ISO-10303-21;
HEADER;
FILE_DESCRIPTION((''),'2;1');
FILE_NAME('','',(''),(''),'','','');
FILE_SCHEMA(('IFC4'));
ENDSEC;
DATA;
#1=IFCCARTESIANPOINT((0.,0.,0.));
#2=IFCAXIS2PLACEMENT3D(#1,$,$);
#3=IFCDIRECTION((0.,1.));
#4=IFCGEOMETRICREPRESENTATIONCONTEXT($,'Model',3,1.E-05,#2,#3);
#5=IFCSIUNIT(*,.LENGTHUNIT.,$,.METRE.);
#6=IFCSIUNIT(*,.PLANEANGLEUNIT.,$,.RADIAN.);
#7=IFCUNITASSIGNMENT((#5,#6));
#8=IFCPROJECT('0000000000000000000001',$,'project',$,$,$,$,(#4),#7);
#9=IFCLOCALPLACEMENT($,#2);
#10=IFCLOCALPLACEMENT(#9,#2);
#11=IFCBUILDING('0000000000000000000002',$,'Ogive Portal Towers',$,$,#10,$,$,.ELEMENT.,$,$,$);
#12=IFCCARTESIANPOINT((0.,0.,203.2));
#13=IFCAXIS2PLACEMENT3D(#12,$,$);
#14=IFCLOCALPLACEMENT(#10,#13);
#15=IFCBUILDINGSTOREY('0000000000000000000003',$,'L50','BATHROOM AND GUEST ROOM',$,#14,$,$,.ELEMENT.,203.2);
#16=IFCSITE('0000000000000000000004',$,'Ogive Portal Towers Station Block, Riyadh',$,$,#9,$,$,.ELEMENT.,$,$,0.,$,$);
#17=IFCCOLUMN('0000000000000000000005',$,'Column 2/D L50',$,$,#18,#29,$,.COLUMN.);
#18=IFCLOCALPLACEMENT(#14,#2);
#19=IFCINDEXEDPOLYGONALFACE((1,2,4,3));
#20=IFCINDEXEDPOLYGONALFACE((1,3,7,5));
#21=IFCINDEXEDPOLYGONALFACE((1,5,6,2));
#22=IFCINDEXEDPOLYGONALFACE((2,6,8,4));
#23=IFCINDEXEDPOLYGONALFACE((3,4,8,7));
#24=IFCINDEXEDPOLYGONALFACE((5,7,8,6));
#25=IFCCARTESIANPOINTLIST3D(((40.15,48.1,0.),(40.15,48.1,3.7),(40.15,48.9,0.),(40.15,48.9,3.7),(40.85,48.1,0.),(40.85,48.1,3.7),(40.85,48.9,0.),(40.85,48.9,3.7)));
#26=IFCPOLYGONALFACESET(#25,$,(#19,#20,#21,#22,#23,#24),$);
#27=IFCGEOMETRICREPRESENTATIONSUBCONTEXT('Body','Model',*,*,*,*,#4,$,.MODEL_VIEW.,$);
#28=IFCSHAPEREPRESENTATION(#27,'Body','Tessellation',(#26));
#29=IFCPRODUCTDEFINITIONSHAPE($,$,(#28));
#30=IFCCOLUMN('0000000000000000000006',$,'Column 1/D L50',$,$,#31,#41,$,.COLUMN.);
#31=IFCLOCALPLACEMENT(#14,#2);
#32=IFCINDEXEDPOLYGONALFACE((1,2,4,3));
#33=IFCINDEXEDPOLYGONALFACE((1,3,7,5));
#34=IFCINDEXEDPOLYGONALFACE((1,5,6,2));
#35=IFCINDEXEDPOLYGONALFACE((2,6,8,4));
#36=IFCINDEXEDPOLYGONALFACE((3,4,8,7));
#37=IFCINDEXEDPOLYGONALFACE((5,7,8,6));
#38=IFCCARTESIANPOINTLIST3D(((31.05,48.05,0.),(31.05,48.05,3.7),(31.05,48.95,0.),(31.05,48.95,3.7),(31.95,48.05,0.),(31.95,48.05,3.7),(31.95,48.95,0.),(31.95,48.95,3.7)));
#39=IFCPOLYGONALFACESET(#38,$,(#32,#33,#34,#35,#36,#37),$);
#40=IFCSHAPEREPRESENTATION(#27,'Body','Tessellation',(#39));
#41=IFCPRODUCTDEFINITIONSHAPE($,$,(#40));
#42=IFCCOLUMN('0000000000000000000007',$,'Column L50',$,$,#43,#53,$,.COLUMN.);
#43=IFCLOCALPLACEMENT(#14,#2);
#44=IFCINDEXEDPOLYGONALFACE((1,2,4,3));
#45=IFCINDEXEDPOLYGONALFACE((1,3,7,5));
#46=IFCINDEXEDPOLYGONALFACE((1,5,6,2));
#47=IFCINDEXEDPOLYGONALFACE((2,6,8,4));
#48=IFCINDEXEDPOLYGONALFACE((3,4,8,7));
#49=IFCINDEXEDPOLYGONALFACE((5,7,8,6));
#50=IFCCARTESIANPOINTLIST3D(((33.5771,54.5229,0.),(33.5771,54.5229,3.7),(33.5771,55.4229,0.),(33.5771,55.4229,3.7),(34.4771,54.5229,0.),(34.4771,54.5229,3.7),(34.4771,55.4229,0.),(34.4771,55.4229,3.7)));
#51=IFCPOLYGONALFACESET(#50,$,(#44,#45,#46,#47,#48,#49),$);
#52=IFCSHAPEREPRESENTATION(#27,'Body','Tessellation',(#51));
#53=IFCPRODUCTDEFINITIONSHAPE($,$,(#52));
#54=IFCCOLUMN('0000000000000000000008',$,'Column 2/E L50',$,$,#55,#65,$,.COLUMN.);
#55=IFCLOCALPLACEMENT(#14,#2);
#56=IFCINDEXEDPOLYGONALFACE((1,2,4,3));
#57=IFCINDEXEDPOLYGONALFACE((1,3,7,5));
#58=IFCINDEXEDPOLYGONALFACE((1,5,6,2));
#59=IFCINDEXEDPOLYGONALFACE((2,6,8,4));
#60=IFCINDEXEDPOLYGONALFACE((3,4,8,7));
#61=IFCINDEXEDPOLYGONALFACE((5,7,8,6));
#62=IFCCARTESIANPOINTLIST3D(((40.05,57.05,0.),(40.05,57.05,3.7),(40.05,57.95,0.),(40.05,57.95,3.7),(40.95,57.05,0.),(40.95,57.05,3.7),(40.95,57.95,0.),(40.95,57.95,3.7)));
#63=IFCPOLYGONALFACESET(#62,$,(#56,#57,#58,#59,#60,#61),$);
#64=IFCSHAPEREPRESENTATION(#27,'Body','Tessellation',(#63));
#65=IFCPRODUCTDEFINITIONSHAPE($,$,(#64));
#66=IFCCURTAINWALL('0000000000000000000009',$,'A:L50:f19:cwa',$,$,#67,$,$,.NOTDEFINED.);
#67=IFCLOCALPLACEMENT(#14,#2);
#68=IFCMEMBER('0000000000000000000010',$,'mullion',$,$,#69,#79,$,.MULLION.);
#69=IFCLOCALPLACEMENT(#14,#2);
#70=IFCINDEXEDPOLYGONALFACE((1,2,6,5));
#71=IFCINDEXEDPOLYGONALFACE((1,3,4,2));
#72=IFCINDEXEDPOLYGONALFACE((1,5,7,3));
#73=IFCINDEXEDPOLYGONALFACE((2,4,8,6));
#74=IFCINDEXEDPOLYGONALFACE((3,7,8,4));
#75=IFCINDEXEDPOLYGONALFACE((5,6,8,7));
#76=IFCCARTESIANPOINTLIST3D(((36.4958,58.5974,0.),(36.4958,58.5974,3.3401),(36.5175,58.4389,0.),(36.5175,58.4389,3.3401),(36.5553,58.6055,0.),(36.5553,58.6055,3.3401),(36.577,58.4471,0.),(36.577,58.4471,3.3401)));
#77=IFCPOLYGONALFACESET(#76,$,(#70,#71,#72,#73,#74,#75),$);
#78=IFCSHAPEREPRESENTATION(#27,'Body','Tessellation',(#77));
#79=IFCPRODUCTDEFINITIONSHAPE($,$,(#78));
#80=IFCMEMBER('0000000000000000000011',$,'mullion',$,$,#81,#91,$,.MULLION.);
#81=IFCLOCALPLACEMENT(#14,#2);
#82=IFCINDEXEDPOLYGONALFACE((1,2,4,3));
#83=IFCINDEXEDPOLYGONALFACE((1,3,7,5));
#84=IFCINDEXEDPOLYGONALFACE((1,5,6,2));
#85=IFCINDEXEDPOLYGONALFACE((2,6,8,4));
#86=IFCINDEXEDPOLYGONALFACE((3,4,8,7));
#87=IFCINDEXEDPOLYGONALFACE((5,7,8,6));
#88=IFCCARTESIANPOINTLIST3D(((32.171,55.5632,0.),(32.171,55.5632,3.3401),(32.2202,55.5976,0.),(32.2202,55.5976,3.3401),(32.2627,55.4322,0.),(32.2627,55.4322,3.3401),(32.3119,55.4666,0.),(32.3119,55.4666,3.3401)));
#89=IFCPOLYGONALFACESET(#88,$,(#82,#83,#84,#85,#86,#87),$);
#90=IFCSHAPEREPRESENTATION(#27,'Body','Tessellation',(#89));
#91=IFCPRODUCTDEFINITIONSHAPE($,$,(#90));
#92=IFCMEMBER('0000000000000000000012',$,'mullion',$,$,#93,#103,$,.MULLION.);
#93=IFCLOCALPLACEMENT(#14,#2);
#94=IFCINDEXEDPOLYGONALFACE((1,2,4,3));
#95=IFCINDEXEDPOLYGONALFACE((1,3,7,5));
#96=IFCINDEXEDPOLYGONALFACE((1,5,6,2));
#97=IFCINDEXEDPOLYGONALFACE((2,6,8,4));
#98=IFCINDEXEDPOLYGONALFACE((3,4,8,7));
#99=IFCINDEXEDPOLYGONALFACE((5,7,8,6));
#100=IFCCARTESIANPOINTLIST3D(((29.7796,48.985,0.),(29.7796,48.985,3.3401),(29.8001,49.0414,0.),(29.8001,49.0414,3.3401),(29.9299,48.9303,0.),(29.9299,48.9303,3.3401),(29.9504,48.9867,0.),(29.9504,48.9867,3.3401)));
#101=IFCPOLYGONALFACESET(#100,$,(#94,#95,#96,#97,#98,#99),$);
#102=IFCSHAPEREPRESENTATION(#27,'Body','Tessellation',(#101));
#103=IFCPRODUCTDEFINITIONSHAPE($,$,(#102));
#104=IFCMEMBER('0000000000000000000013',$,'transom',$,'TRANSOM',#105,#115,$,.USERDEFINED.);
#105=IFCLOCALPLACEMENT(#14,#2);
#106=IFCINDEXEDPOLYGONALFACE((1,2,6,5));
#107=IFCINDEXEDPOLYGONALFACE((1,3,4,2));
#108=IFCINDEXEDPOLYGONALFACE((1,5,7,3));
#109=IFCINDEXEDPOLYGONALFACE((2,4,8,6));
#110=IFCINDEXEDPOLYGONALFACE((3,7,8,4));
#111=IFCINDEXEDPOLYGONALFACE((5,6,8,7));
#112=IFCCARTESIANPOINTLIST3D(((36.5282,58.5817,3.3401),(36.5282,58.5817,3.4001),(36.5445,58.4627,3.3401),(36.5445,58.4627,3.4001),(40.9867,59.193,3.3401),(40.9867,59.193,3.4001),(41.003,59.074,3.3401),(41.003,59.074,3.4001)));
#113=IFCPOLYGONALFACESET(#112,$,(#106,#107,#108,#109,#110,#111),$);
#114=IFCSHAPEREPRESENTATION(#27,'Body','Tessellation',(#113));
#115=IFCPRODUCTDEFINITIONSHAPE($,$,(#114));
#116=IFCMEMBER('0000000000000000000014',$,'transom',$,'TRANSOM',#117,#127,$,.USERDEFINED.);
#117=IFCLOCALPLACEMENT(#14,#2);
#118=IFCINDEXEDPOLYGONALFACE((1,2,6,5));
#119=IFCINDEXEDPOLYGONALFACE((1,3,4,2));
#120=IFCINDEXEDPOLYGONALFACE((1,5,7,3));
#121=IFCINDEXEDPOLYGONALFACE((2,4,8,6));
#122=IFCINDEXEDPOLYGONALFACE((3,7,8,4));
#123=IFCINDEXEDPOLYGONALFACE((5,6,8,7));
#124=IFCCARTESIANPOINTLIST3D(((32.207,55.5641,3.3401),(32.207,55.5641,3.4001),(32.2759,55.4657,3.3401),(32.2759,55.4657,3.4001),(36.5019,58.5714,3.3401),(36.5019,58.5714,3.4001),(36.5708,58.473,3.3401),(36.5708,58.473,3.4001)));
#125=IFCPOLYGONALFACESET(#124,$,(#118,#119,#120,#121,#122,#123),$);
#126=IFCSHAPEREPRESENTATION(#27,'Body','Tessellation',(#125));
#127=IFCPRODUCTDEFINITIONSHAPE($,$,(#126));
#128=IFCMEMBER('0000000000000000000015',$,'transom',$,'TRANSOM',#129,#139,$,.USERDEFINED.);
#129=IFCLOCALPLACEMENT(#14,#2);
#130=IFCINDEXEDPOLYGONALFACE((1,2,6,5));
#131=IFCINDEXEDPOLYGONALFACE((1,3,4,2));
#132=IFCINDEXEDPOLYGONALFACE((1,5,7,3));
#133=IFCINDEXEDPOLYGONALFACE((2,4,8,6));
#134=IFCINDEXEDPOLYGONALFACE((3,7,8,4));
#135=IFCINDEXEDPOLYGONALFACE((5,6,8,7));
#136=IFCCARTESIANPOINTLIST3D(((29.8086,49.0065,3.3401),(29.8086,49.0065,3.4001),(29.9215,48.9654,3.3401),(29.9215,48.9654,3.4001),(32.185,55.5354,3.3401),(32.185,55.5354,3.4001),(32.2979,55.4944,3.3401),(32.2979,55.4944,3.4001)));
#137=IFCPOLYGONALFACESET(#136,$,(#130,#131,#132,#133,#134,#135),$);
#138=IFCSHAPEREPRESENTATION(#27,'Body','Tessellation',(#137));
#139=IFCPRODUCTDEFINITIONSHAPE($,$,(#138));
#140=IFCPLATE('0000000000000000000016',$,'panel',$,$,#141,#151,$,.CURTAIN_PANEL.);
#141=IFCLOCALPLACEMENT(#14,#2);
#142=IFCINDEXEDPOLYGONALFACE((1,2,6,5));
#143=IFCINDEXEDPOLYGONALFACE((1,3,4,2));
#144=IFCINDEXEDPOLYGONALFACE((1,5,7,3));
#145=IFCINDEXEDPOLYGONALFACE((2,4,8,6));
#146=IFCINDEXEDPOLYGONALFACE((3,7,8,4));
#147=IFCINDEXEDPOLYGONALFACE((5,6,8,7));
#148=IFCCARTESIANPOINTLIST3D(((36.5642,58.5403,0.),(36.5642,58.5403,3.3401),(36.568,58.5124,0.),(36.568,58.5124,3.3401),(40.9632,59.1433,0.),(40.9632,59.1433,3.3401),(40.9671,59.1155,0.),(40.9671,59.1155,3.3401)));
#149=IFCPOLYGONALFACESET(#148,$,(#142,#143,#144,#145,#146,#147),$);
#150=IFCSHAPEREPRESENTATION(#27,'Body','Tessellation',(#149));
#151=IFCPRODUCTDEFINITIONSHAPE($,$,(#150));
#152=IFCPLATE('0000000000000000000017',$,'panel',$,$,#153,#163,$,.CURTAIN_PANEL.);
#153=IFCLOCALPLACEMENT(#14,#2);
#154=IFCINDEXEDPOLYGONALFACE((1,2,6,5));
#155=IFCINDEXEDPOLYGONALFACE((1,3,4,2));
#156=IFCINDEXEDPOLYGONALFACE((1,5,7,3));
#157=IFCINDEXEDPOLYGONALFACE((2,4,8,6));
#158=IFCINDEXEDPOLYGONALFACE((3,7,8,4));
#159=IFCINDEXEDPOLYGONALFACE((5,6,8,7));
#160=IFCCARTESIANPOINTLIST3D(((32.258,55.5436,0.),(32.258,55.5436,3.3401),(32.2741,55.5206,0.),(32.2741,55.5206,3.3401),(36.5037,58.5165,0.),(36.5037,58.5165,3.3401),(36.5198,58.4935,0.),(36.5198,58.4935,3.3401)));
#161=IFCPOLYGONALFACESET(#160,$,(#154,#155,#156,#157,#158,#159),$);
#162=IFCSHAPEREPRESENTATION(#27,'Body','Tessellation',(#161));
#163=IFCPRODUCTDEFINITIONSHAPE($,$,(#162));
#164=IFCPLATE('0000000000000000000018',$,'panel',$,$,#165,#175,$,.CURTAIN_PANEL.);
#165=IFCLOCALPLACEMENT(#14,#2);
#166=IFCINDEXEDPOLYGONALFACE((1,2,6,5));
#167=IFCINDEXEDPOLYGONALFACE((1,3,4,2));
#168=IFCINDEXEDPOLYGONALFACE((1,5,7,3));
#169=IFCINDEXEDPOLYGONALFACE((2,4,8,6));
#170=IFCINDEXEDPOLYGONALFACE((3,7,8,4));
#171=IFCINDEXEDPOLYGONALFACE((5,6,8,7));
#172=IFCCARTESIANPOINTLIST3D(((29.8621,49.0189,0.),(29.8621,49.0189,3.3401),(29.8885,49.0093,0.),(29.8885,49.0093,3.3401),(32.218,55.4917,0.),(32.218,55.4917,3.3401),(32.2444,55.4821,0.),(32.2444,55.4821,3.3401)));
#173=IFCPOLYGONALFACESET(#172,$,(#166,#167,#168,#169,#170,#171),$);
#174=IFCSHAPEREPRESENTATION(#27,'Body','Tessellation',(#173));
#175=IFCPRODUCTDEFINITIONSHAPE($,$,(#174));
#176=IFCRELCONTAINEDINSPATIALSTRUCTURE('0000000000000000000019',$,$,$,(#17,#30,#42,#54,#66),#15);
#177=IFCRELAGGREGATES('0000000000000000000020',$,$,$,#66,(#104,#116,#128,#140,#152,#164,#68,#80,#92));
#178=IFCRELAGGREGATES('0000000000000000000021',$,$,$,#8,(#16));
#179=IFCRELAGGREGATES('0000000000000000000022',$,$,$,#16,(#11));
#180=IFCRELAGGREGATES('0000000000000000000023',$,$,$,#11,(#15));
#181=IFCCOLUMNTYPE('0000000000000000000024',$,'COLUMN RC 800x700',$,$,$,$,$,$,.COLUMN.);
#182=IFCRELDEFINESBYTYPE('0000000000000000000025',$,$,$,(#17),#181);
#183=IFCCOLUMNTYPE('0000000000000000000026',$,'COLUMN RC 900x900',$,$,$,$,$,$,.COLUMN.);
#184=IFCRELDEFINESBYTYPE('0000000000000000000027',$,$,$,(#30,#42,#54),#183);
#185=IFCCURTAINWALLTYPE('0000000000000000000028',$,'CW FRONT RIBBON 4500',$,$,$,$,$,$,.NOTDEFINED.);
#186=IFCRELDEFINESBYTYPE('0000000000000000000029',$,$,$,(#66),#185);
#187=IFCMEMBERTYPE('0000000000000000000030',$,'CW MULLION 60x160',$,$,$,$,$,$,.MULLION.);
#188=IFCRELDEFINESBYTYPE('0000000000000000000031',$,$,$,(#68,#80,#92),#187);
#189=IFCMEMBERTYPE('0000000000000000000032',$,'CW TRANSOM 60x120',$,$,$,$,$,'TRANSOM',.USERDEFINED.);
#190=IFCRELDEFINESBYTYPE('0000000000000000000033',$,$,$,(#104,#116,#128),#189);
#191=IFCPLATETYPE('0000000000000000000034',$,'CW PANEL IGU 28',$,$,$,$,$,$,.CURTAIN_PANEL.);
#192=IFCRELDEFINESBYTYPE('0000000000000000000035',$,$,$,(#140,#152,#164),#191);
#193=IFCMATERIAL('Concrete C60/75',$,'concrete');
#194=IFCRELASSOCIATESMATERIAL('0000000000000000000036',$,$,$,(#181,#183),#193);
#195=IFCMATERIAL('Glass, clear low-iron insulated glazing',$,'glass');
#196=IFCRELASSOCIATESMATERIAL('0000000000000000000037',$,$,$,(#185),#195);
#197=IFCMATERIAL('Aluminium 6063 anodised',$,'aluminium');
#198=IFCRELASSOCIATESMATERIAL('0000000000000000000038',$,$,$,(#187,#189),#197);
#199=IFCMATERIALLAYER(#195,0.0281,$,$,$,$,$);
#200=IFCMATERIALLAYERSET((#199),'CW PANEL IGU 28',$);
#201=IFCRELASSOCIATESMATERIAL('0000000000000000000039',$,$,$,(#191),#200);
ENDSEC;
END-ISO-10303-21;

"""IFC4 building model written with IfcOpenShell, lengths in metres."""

from ifc_helpers import new_model, si_unit, direction, frame, origin, origin_2d, place, context, subcontext, project, spatial, rectangle, extrude, material, layer, layer_set, material_profile, profile_set, type_object, element, aggregate, save


model = new_model("IFC4")

# Units and contexts
model_context = context("Model", 3, precision=1e-05, world=origin(), true_north=direction((0.0, 1.0)))
body_context = subcontext(model_context, "Body", "Model", "MODEL_VIEW")
ifc_project = project(units=[si_unit("LENGTHUNIT", "METRE"), si_unit("PLANEANGLEUNIT", "RADIAN")], contexts=[model_context])

# Site, building, storey
site_placement = place(None, origin())
site = spatial("IfcSite", under=ifc_project, at=site_placement, Name="Ogive Portal Towers Station Block, Riyadh", CompositionType="ELEMENT", RefElevation=0.0)
building_placement = place(site_placement, origin())
building = spatial("IfcBuilding", under=site, at=building_placement, Name="Ogive Portal Towers", CompositionType="ELEMENT")
storey_placement = place(building_placement, frame((0.0, 0.0, 203.2)))
storey = spatial("IfcBuildingStorey", under=building, at=storey_placement, Name="L50", Description="BATHROOM AND GUEST ROOM", CompositionType="ELEMENT", Elevation=203.2)

# Columns
ifc_material_1 = material(Name="Concrete C60/75", Category="concrete")
ifc_material_profile_1 = material_profile(ifc_material_1, rectangle(XDim=0.8, YDim=0.7, at=origin_2d()), Name="RC 800x700")
ifc_profile_set_1 = profile_set([ifc_material_profile_1], Name="Concrete C60/75")
column_type_1 = type_object("IfcColumnType", Name="COLUMN RC 800x700", PredefinedType="COLUMN", material=ifc_profile_set_1)
column_placement = place(storey_placement, frame((40.5, 48.5, 0.0), z_axis=(0.0, 0.0, 1.0), x_axis=(0.0, 1.0, 0.0)))
element("IfcColumn", 1, at=column_placement, inside=storey, type_object=column_type_1, Name="Column 2/D L50", PredefinedType="COLUMN", context=body_context, shape_type="SweptSolid", body=[
    extrude(rectangle(XDim=0.8, YDim=0.7, at=origin_2d()), origin(), (0.0, 0.0, 1.0), 3.7),
])
ifc_material_profile_2 = material_profile(ifc_material_1, rectangle(XDim=0.8999, YDim=0.8999, at=origin_2d()), Name="RC 900x900")
ifc_profile_set_2 = profile_set([ifc_material_profile_2], Name="Concrete C60/75")
column_type_2 = type_object("IfcColumnType", Name="COLUMN RC 900x900", PredefinedType="COLUMN", material=ifc_profile_set_2)
for number, where, z_axis, x_axis, name in (
    (2, (31.5, 48.5, 0.0), (0.0, 0.0, 1.0), (1.0, 0.0, 0.0), "Column 1/D L50"),
    (3, (34.0271, 54.9729, 0.0), (0.0, 0.0, 1.0), (1.0, 0.0, 0.0), "Column L50"),
    (4, (40.5, 57.5, 0.0), (0.0, 0.0, 1.0), (1.0, 0.0, 0.0), "Column 2/E L50"),
):
    element("IfcColumn", number, at=place(storey_placement, frame(where, z_axis=z_axis, x_axis=x_axis)), inside=storey, type_object=column_type_2, Name=name, PredefinedType="COLUMN", context=body_context, shape_type="SweptSolid", body=[
        extrude(rectangle(XDim=0.8999, YDim=0.8999, at=origin_2d()), origin(), (0.0, 0.0, 1.0), 3.7),
    ])

# Curtain wall, members, plates
ifc_material_2 = material(Name="Glass, clear low-iron insulated glazing", Category="glass")
curtain_wall_type = type_object("IfcCurtainWallType", Name="CW FRONT RIBBON 4500", PredefinedType="NOTDEFINED", material=ifc_material_2)
curtain_wall_placement = place(storey_placement, origin())
curtain_wall = element("IfcCurtainWall", 5, at=curtain_wall_placement, inside=storey, type_object=curtain_wall_type, Name="A:L50:f19:cwa", PredefinedType="NOTDEFINED")
ifc_material_3 = material(Name="Aluminium 6063 anodised", Category="aluminium")
ifc_material_profile_3 = material_profile(ifc_material_3, rectangle(XDim=0.1599, YDim=0.0601, at=origin_2d()), Name="AL 60x160")
ifc_profile_set_3 = profile_set([ifc_material_profile_3], Name="Aluminium 6063 anodised")
member_type_1 = type_object("IfcMemberType", Name="CW MULLION 60x160", PredefinedType="MULLION", material=ifc_profile_set_3)
member_1_placement = place(storey_placement, frame((36.5364, 58.5222, 0.0), z_axis=(0.0, 0.0, 1.0), x_axis=(0.135818, -0.990734, 0.0)))
member_1 = element("IfcMember", 6, at=member_1_placement, type_object=member_type_1, Name="mullion", PredefinedType="MULLION", context=body_context, shape_type="SweptSolid", body=[
    extrude(rectangle(XDim=0.1599, YDim=0.0601, at=origin_2d()), origin(), (0.0, 0.0, 1.0), 3.3401),
])
member_2_placement = place(storey_placement, frame((32.2415, 55.5149, 0.0), z_axis=(0.0, 0.0, 1.0), x_axis=(0.573576, -0.819152, 0.0)))
member_2 = element("IfcMember", 7, at=member_2_placement, type_object=member_type_1, Name="mullion", PredefinedType="MULLION", context=body_context, shape_type="SweptSolid", body=[
    extrude(rectangle(XDim=0.1599, YDim=0.0601, at=origin_2d()), origin(), (0.0, 0.0, 1.0), 3.3401),
])
member_3_placement = place(storey_placement, frame((29.865, 48.9858, 0.0), z_axis=(0.0, 0.0, 1.0), x_axis=(0.939693, -0.34202, 0.0)))
member_3 = element("IfcMember", 8, at=member_3_placement, type_object=member_type_1, Name="mullion", PredefinedType="MULLION", context=body_context, shape_type="SweptSolid", body=[
    extrude(rectangle(XDim=0.1599, YDim=0.0601, at=origin_2d()), origin(), (0.0, 0.0, 1.0), 3.3401),
])
ifc_material_profile_4 = material_profile(ifc_material_3, rectangle(XDim=0.1201, YDim=0.0601, at=origin_2d()), Name="AL 120x60")
ifc_profile_set_4 = profile_set([ifc_material_profile_4], Name="Aluminium 6063 anodised")
member_type_2 = type_object("IfcMemberType", Name="CW TRANSOM 60x120", ElementType="TRANSOM", PredefinedType="USERDEFINED", material=ifc_profile_set_4)
member_4_placement = place(storey_placement, frame((40.9949, 59.1335, 3.3701), z_axis=(-0.99073, -0.135844, 0.0), x_axis=(0.135844, -0.99073, 0.0)))
member_4 = element("IfcMember", 9, at=member_4_placement, type_object=member_type_2, Name="transom", ObjectType="TRANSOM", PredefinedType="USERDEFINED", context=body_context, shape_type="SweptSolid", body=[
    extrude(rectangle(XDim=0.1201, YDim=0.0601, at=origin_2d()), origin(), (0.0, 0.0, 1.0), 4.5002),
])
member_5_placement = place(storey_placement, frame((36.5364, 58.5222, 3.3701), z_axis=(-0.819153, -0.573575, 0.0), x_axis=(0.573575, -0.819153, 0.0)))
member_5 = element("IfcMember", 10, at=member_5_placement, type_object=member_type_2, Name="transom", ObjectType="TRANSOM", PredefinedType="USERDEFINED", context=body_context, shape_type="SweptSolid", body=[
    extrude(rectangle(XDim=0.1201, YDim=0.0601, at=origin_2d()), origin(), (0.0, 0.0, 1.0), 5.2432),
])
member_6_placement = place(storey_placement, frame((32.2415, 55.5149, 3.3701), z_axis=(-0.342031, -0.939689, 0.0), x_axis=(0.939689, -0.342031, 0.0)))
member_6 = element("IfcMember", 11, at=member_6_placement, type_object=member_type_2, Name="transom", ObjectType="TRANSOM", PredefinedType="USERDEFINED", context=body_context, shape_type="SweptSolid", body=[
    extrude(rectangle(XDim=0.1201, YDim=0.0601, at=origin_2d()), origin(), (0.0, 0.0, 1.0), 6.948),
])
ifc_layer_1 = layer(ifc_material_2, 0.0281)
ifc_layer_set_1 = layer_set([ifc_layer_1], Name="CW PANEL IGU 28")
plate_type = type_object("IfcPlateType", Name="CW PANEL IGU 28", PredefinedType="CURTAIN_PANEL", material=ifc_layer_set_1)
plate_1_placement = place(storey_placement, frame((38.7656, 58.8279, 0.0), z_axis=(0.0, 0.0, 1.0), x_axis=(-0.990734, -0.135818, 0.0)))
plate_1 = element("IfcPlate", 12, at=plate_1_placement, type_object=plate_type, Name="panel", PredefinedType="CURTAIN_PANEL", context=body_context, shape_type="SweptSolid", body=[
    extrude(rectangle(XDim=4.4402, YDim=0.0281, at=origin_2d()), origin(), (0.0, 0.0, 1.0), 3.3401),
])
plate_2_placement = place(storey_placement, frame((34.3889, 57.0186, 0.0), z_axis=(0.0, 0.0, 1.0), x_axis=(-0.819152, -0.573576, 0.0)))
plate_2 = element("IfcPlate", 13, at=plate_2_placement, type_object=plate_type, Name="panel", PredefinedType="CURTAIN_PANEL", context=body_context, shape_type="SweptSolid", body=[
    extrude(rectangle(XDim=5.1831, YDim=0.0281, at=origin_2d()), origin(), (0.0, 0.0, 1.0), 3.3401),
])
plate_3_placement = place(storey_placement, frame((31.0532, 52.2505, 0.0), z_axis=(0.0, 0.0, 1.0), x_axis=(-0.34202, -0.939693, 0.0)))
plate_3 = element("IfcPlate", 14, at=plate_3_placement, type_object=plate_type, Name="panel", PredefinedType="CURTAIN_PANEL", context=body_context, shape_type="SweptSolid", body=[
    extrude(rectangle(XDim=6.8882, YDim=0.0281, at=origin_2d()), origin(), (0.0, 0.0, 1.0), 3.3401),
])
aggregate(curtain_wall, [member_4, member_5, member_6, plate_1, plate_2, plate_3, member_1, member_2, member_3])

save(model, "model.ifc")
